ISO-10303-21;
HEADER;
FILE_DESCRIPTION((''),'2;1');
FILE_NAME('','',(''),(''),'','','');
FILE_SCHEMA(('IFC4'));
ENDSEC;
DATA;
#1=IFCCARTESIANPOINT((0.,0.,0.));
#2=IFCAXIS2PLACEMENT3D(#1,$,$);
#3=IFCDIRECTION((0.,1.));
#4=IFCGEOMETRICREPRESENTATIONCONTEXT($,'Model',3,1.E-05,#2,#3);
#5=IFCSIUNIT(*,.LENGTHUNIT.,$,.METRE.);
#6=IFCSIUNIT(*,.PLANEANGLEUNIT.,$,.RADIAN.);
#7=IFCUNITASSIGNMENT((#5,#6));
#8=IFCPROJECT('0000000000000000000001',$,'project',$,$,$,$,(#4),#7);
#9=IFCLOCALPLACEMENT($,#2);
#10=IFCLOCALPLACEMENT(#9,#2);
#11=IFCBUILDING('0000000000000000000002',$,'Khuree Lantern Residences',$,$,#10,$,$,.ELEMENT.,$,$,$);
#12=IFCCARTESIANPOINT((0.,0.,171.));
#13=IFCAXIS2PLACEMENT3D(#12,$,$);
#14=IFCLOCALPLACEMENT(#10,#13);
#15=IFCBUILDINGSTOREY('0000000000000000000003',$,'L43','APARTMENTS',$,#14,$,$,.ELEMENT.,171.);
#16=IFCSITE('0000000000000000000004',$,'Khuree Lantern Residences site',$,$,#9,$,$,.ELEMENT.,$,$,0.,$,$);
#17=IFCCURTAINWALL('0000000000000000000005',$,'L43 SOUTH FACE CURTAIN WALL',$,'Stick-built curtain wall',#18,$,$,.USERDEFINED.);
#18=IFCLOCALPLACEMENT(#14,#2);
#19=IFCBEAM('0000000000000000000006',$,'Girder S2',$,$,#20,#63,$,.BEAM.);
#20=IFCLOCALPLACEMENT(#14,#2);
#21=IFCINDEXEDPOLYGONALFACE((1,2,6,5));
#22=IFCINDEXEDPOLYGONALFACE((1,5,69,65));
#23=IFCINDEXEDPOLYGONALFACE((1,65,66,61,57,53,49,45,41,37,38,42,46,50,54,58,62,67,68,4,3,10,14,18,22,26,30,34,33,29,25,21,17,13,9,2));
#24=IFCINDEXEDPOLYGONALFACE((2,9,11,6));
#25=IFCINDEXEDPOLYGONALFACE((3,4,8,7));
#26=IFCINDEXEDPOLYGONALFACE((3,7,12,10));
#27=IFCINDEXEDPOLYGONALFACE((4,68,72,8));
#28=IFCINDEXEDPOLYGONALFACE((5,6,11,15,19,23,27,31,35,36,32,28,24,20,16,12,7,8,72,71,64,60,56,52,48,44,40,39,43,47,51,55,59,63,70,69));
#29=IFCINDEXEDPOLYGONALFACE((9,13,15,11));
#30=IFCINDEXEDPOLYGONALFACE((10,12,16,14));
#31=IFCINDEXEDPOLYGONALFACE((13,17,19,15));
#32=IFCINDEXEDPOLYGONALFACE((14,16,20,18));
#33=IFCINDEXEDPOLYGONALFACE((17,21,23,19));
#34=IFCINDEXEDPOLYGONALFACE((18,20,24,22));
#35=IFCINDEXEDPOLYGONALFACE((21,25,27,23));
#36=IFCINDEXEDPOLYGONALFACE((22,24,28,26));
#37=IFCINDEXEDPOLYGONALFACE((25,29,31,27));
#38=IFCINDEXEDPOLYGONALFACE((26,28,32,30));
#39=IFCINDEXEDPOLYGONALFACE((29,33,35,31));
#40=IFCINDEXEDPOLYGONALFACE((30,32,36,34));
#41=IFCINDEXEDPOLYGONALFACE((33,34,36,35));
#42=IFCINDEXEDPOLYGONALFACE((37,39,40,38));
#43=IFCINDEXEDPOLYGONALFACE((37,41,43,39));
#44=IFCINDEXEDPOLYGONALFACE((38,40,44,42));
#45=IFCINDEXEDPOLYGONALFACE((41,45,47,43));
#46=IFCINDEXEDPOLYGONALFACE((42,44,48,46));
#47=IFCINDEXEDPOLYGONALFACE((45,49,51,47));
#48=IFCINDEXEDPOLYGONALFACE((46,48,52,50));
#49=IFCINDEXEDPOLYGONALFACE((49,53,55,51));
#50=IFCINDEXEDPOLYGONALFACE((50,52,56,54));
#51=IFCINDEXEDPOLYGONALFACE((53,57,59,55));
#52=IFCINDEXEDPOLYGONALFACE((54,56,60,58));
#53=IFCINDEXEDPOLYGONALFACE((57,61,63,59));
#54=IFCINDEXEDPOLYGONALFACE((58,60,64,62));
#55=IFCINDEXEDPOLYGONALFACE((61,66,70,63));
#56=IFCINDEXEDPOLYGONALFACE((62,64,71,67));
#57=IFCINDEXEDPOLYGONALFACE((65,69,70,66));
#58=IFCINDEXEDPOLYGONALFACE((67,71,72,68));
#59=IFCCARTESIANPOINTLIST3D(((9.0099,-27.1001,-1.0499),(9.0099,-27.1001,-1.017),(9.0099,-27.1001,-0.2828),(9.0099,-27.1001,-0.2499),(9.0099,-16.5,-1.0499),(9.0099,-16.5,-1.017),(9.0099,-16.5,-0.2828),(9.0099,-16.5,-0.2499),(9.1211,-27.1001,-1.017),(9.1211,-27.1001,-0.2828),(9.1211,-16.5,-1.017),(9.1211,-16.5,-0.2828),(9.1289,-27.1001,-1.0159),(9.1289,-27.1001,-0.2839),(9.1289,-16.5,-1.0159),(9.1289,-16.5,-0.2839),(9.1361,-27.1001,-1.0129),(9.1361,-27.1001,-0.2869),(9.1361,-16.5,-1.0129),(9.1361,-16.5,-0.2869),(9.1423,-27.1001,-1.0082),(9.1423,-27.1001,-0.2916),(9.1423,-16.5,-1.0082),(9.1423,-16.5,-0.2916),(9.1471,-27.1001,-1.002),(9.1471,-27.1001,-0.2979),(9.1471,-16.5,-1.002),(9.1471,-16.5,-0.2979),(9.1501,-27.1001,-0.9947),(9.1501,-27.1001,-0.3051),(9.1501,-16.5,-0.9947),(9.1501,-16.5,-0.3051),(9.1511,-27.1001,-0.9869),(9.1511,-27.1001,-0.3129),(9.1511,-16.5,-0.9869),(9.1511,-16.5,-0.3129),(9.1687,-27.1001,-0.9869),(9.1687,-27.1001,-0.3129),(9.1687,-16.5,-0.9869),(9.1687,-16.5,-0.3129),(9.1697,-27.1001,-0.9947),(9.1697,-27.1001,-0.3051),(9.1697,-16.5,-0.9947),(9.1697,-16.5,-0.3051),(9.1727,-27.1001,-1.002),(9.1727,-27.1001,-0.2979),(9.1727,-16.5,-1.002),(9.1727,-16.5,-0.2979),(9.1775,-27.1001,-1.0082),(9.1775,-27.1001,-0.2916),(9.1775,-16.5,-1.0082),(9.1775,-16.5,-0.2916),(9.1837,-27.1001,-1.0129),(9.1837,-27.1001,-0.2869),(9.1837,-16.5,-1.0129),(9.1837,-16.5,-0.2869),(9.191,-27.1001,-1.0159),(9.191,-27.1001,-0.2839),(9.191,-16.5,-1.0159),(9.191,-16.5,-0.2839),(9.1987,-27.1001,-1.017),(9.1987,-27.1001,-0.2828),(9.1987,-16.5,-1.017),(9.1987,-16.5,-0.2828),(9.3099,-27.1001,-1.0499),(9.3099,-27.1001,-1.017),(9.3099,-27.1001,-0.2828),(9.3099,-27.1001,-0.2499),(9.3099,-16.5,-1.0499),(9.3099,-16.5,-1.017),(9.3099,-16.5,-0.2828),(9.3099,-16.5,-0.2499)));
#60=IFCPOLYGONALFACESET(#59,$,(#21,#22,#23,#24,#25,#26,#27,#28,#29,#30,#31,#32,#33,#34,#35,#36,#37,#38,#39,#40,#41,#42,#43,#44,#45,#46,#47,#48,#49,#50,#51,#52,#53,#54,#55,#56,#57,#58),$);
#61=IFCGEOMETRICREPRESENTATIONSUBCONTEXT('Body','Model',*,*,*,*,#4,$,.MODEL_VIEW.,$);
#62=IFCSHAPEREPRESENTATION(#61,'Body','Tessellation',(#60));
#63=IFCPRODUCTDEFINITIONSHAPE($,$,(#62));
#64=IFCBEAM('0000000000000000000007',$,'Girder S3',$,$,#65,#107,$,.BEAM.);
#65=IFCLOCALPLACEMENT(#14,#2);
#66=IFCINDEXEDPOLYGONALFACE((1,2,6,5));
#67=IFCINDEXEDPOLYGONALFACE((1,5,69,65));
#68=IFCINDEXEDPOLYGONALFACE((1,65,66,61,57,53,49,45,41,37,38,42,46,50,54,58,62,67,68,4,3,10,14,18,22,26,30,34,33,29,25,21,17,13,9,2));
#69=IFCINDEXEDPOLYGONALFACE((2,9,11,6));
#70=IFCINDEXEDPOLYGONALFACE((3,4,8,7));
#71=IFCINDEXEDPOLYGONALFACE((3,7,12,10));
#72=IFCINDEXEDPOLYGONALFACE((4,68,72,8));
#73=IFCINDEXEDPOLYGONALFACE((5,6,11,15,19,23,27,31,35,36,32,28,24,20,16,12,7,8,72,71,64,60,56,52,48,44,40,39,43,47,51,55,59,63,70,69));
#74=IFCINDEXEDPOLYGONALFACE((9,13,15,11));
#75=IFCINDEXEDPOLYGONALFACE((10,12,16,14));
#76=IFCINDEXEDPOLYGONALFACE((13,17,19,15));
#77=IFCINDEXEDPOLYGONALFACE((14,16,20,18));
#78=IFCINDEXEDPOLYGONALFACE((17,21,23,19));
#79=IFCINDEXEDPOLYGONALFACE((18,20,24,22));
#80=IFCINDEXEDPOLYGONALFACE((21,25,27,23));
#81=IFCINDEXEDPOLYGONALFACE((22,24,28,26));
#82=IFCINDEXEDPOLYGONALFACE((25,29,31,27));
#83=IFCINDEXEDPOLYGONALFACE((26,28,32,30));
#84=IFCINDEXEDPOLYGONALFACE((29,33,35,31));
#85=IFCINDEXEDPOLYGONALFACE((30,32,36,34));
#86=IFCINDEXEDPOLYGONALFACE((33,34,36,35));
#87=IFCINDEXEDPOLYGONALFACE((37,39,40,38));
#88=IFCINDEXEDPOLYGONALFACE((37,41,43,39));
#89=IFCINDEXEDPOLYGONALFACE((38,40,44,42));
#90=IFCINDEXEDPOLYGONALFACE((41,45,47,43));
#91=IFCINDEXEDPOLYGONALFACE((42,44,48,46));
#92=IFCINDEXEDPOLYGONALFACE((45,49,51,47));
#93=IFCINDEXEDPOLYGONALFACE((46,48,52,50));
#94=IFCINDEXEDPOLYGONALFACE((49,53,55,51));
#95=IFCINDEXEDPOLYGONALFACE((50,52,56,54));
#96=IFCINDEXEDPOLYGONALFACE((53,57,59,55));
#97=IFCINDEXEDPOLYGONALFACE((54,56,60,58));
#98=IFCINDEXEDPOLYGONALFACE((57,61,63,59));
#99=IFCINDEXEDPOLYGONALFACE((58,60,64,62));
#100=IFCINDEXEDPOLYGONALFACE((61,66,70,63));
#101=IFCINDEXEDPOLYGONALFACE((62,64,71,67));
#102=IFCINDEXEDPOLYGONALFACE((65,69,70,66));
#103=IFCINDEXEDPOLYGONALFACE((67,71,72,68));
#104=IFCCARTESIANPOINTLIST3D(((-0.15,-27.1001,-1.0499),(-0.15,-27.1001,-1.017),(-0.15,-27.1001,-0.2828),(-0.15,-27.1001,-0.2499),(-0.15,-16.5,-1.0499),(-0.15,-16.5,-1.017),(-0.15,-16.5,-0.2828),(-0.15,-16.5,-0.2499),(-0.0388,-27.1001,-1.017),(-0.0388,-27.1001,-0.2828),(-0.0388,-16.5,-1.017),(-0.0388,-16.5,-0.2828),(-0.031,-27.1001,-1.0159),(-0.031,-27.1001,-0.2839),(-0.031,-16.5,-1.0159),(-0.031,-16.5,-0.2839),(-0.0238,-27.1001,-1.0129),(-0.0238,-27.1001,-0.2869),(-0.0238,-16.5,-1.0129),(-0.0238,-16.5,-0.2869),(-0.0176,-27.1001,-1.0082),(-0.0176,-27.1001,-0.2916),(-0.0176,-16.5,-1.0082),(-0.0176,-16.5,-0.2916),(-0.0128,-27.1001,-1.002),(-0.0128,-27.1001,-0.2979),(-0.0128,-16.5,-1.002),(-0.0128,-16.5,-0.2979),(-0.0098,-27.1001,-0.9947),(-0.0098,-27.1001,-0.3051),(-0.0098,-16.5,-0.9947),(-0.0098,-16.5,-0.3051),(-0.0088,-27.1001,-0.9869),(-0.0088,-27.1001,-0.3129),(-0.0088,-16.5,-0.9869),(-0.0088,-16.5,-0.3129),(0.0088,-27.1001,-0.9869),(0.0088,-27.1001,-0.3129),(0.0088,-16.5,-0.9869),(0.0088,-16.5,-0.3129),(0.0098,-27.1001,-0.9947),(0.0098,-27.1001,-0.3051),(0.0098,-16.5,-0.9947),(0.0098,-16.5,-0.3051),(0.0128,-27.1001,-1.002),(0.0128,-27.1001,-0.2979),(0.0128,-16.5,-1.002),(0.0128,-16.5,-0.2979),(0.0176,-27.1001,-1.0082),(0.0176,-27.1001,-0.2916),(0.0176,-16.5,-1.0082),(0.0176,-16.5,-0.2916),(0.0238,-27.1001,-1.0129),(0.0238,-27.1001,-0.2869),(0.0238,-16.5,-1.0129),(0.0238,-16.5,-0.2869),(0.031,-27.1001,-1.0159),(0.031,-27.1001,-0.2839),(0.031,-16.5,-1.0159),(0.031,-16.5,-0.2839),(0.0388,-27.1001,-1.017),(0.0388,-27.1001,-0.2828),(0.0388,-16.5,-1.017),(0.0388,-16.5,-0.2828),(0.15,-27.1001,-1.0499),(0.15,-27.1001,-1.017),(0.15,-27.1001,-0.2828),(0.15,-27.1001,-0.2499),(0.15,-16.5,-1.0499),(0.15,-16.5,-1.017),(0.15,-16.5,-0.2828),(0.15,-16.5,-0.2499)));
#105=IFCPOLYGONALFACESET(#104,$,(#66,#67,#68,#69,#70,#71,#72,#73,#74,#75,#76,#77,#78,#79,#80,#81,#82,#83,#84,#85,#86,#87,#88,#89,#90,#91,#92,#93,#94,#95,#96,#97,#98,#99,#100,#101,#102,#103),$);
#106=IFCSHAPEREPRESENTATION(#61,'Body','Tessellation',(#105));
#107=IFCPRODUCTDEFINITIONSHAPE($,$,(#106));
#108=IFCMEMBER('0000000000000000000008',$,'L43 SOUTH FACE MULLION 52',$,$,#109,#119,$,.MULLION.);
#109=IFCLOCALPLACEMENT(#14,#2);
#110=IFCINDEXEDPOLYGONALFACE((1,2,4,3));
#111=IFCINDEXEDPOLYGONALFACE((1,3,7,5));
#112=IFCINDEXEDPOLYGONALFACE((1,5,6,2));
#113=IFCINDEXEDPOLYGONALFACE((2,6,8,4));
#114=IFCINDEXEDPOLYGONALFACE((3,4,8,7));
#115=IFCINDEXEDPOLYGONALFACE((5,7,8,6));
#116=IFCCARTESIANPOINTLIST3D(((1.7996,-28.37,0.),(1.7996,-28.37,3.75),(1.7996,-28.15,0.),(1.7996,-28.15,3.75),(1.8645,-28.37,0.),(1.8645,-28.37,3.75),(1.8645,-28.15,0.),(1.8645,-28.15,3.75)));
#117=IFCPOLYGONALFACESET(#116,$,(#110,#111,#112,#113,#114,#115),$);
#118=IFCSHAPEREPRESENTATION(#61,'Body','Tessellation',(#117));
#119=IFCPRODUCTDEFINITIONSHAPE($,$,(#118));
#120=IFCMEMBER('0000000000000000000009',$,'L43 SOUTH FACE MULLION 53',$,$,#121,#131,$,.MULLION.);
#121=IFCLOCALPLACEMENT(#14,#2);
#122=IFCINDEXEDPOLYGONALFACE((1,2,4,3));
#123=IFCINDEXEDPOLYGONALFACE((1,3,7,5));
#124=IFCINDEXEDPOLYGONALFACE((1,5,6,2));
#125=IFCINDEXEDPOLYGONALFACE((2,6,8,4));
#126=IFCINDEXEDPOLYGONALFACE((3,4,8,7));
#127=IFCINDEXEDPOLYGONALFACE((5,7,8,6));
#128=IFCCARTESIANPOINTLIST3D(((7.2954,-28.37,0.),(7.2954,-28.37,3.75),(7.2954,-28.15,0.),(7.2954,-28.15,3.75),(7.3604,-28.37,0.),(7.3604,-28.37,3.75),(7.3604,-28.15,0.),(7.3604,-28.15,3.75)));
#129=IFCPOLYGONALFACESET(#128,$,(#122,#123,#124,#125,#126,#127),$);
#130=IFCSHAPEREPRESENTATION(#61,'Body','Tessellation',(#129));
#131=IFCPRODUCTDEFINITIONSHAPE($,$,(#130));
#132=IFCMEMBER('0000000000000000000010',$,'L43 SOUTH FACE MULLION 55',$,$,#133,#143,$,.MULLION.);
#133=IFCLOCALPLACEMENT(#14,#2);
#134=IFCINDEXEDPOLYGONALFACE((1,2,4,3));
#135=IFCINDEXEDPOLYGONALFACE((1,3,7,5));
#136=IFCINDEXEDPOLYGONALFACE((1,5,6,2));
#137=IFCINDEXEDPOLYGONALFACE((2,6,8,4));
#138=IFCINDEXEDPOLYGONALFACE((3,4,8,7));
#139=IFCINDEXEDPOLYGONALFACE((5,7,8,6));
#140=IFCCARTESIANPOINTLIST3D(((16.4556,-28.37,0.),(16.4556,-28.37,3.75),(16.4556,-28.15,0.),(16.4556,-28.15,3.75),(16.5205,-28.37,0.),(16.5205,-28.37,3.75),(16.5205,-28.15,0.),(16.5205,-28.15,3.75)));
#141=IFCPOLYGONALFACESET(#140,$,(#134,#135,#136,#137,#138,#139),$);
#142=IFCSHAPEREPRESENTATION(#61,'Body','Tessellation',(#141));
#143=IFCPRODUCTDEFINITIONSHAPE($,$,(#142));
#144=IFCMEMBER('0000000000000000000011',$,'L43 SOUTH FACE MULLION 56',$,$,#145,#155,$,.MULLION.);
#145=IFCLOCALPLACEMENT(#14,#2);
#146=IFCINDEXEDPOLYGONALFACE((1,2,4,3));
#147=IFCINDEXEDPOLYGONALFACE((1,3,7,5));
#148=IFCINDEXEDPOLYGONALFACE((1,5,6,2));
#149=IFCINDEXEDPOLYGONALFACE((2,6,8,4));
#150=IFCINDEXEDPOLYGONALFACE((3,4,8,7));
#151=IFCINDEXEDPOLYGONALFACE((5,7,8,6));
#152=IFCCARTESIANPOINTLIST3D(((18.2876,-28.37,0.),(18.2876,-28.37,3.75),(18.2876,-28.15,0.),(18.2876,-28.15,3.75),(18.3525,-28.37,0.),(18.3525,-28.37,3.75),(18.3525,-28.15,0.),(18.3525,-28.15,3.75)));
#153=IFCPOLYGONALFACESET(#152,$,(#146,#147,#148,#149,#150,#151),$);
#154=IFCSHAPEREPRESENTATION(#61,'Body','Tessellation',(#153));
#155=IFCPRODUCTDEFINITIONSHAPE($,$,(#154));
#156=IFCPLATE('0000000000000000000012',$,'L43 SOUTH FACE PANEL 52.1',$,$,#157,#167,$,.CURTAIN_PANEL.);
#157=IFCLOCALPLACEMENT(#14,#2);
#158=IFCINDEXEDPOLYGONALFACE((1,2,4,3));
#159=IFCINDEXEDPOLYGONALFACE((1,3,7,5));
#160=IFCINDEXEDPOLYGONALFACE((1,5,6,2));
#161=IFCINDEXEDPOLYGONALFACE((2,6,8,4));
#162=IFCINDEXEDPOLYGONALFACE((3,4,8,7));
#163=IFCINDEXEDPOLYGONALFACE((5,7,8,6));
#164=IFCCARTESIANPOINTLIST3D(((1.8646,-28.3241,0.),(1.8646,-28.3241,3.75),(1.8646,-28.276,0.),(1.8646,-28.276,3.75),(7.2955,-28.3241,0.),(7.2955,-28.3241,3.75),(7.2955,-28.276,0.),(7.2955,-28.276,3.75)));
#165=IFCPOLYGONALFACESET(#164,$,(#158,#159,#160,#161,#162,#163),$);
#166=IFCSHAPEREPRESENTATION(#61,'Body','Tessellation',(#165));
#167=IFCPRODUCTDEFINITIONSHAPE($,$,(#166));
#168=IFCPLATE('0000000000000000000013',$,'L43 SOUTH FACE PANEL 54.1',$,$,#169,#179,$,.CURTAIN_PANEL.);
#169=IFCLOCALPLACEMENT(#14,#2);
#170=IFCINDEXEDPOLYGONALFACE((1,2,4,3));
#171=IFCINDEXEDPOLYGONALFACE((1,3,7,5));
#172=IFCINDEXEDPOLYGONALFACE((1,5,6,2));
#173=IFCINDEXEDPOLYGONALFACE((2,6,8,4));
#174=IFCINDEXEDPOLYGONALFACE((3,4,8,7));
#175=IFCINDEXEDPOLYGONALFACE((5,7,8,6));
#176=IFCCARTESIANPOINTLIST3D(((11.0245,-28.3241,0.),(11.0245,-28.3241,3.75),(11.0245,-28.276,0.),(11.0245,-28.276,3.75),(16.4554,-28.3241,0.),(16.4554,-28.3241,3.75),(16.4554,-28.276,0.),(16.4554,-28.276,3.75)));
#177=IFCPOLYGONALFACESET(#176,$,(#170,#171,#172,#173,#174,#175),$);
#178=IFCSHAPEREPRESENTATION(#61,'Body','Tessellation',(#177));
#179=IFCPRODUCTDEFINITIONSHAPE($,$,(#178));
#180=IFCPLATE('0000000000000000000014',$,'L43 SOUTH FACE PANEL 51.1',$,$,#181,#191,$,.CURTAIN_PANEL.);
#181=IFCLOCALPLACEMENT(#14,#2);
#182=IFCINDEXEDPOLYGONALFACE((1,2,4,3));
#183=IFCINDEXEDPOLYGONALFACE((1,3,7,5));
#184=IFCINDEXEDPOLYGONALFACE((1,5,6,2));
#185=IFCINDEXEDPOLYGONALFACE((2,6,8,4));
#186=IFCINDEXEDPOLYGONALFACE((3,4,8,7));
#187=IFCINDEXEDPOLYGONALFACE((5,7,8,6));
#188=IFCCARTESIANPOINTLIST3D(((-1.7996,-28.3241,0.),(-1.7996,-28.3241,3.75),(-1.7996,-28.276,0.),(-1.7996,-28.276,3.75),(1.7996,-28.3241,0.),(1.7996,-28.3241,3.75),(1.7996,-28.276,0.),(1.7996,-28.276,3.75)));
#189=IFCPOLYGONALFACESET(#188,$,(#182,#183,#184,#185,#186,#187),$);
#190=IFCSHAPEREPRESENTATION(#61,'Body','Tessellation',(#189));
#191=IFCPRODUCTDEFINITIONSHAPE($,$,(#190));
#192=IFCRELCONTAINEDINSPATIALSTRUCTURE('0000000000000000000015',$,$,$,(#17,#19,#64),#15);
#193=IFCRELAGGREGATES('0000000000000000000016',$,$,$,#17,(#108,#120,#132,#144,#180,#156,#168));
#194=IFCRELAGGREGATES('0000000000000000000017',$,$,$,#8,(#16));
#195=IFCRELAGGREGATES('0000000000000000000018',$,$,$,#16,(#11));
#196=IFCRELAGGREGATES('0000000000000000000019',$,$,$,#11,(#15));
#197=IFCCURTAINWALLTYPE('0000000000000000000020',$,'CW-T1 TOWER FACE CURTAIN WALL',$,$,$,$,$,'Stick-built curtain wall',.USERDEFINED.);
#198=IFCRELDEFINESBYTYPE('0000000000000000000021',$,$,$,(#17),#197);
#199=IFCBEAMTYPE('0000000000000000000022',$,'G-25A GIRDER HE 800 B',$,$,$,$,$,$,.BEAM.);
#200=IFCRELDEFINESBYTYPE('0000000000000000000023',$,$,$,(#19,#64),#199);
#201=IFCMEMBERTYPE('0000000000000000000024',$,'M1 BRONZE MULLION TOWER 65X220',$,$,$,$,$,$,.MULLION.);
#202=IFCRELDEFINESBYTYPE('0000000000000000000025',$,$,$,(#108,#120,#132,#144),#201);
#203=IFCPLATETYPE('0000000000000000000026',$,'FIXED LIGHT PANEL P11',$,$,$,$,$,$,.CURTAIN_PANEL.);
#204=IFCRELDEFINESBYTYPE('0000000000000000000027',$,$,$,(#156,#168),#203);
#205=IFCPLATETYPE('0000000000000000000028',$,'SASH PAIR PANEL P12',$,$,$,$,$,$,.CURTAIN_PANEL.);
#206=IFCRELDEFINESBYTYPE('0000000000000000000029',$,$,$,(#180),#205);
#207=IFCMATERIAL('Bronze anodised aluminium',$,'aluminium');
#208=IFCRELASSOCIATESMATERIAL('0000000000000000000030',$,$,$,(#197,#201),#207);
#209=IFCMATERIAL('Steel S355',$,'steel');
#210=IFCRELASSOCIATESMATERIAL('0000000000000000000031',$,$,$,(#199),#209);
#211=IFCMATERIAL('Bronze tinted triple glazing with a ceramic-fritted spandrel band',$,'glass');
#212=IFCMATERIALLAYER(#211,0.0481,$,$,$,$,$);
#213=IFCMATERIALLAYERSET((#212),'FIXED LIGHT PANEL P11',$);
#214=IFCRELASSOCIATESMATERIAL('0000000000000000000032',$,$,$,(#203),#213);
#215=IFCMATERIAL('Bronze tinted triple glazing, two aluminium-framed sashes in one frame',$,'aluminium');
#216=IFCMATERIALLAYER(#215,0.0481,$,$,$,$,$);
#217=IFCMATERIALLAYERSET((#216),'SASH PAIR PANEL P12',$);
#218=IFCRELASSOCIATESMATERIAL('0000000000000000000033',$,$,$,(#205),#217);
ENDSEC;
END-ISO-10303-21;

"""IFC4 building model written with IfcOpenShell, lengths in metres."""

from ifc_helpers import new_model, si_unit, direction, frame, origin, origin_2d, place, context, subcontext, project, spatial, rectangle, i_section, extrude, material, layer, layer_set, material_profile, profile_set, type_object, element, aggregate, save


model = new_model("IFC4")

# Units and contexts
model_context = context("Model", 3, precision=1e-05, world=origin(), true_north=direction((0.0, 1.0)))
body_context = subcontext(model_context, "Body", "Model", "MODEL_VIEW")
ifc_project = project(units=[si_unit("LENGTHUNIT", "METRE"), si_unit("PLANEANGLEUNIT", "RADIAN")], contexts=[model_context])

# Site, building, storey
site_placement = place(None, origin())
site = spatial("IfcSite", under=ifc_project, at=site_placement, Name="Khuree Lantern Residences site", CompositionType="ELEMENT", RefElevation=0.0)
building_placement = place(site_placement, origin())
building = spatial("IfcBuilding", under=site, at=building_placement, Name="Khuree Lantern Residences", CompositionType="ELEMENT")
storey_placement = place(building_placement, frame((0.0, 0.0, 171.0)))
storey = spatial("IfcBuildingStorey", under=building, at=storey_placement, Name="L43", Description="APARTMENTS", CompositionType="ELEMENT", Elevation=171.0)

# Shared definitions
ifc_material_1 = material(Name="Steel S355", Category="steel")

# Curtain wall
ifc_material_2 = material(Name="Bronze anodised aluminium", Category="aluminium")
curtain_wall_type = type_object("IfcCurtainWallType", Name="CW-T1 TOWER FACE CURTAIN WALL", ElementType="Stick-built curtain wall", PredefinedType="USERDEFINED", material=ifc_material_2)
curtain_wall_placement = place(storey_placement, origin())
curtain_wall = element("IfcCurtainWall", 1, at=curtain_wall_placement, inside=storey, type_object=curtain_wall_type, Name="L43 SOUTH FACE CURTAIN WALL", ObjectType="Stick-built curtain wall", PredefinedType="USERDEFINED")

# Beams
ifc_material_profile_1 = material_profile(ifc_material_1, i_section(OverallWidth=0.3, OverallDepth=0.8, WebThickness=0.0176, FlangeThickness=0.033, FilletRadius=0.03, at=origin_2d()), Name="HE 800 B")
ifc_profile_set_1 = profile_set([ifc_material_profile_1], Name="Steel S355")
beam_type_1 = type_object("IfcBeamType", Name="G-25A GIRDER HE 800 B", PredefinedType="BEAM", material=ifc_profile_set_1)
for number, where, z_axis, x_axis, name in (
    (2, (9.1599, -27.1001, -0.6499), (0.0, 1.0, 0.0), (-1.0, 0.0, 0.0), "Girder S2"),
    (3, (0.0, -27.1001, -0.6499), (0.0, 1.0, 0.0), (-1.0, 0.0, 0.0), "Girder S3"),
):
    element("IfcBeam", number, at=place(storey_placement, frame(where, z_axis=z_axis, x_axis=x_axis)), inside=storey, type_object=beam_type_1, Name=name, PredefinedType="BEAM", context=body_context, shape_type="SweptSolid", body=[
        extrude(i_section(OverallWidth=0.3, OverallDepth=0.8, WebThickness=0.0176, FlangeThickness=0.033, FilletRadius=0.03, at=origin_2d()), origin(), (0.0, 0.0, 1.0), 10.6001),
    ])

# Members
ifc_material_profile_2 = material_profile(ifc_material_2, rectangle(XDim=0.0649, YDim=0.22, at=origin_2d()), Name="M1 65X220")
ifc_profile_set_2 = profile_set([ifc_material_profile_2], Name="Bronze anodised aluminium")
member_type_1 = type_object("IfcMemberType", Name="M1 BRONZE MULLION TOWER 65X220", PredefinedType="MULLION", material=ifc_profile_set_2)
member_1_placement = place(storey_placement, frame((1.832, -28.26, 0.0), z_axis=(0.0, 0.0, 1.0), x_axis=(1.0, 0.0, 0.0)))
member_1 = element("IfcMember", 4, at=member_1_placement, type_object=member_type_1, Name="L43 SOUTH FACE MULLION 52", PredefinedType="MULLION", context=body_context, shape_type="SweptSolid", body=[
    extrude(rectangle(XDim=0.0649, YDim=0.22, at=origin_2d()), origin(), (0.0, 0.0, 1.0), 3.75),
])
member_2_placement = place(storey_placement, frame((7.3279, -28.26, 0.0), z_axis=(0.0, 0.0, 1.0), x_axis=(1.0, 0.0, 0.0)))
member_2 = element("IfcMember", 5, at=member_2_placement, type_object=member_type_1, Name="L43 SOUTH FACE MULLION 53", PredefinedType="MULLION", context=body_context, shape_type="SweptSolid", body=[
    extrude(rectangle(XDim=0.0649, YDim=0.22, at=origin_2d()), origin(), (0.0, 0.0, 1.0), 3.75),
])
member_3_placement = place(storey_placement, frame((16.488, -28.26, 0.0), z_axis=(0.0, 0.0, 1.0), x_axis=(1.0, 0.0, 0.0)))
member_3 = element("IfcMember", 6, at=member_3_placement, type_object=member_type_1, Name="L43 SOUTH FACE MULLION 55", PredefinedType="MULLION", context=body_context, shape_type="SweptSolid", body=[
    extrude(rectangle(XDim=0.0649, YDim=0.22, at=origin_2d()), origin(), (0.0, 0.0, 1.0), 3.75),
])
member_4_placement = place(storey_placement, frame((18.3201, -28.26, 0.0), z_axis=(0.0, 0.0, 1.0), x_axis=(1.0, 0.0, 0.0)))
member_4 = element("IfcMember", 7, at=member_4_placement, type_object=member_type_1, Name="L43 SOUTH FACE MULLION 56", PredefinedType="MULLION", context=body_context, shape_type="SweptSolid", body=[
    extrude(rectangle(XDim=0.0649, YDim=0.22, at=origin_2d()), origin(), (0.0, 0.0, 1.0), 3.75),
])

# Plates
ifc_material_3 = material(Name="Bronze tinted triple glazing with a ceramic-fritted spandrel band", Category="glass")
ifc_layer_1 = layer(ifc_material_3, 0.0481)
ifc_layer_set_1 = layer_set([ifc_layer_1], Name="FIXED LIGHT PANEL P11")
plate_type_1 = type_object("IfcPlateType", Name="FIXED LIGHT PANEL P11", PredefinedType="CURTAIN_PANEL", material=ifc_layer_set_1)
plate_1_placement = place(storey_placement, frame((4.5801, -28.3, 0.0), z_axis=(0.0, 0.0, 1.0), x_axis=(1.0, 0.0, 0.0)))
plate_1 = element("IfcPlate", 8, at=plate_1_placement, type_object=plate_type_1, Name="L43 SOUTH FACE PANEL 52.1", PredefinedType="CURTAIN_PANEL", context=body_context, shape_type="SweptSolid", body=[
    extrude(rectangle(XDim=5.4309, YDim=0.0481, at=origin_2d()), origin(), (0.0, 0.0, 1.0), 3.75),
])
plate_2_placement = place(storey_placement, frame((13.74, -28.3, 0.0), z_axis=(0.0, 0.0, 1.0), x_axis=(1.0, 0.0, 0.0)))
plate_2 = element("IfcPlate", 9, at=plate_2_placement, type_object=plate_type_1, Name="L43 SOUTH FACE PANEL 54.1", PredefinedType="CURTAIN_PANEL", context=body_context, shape_type="SweptSolid", body=[
    extrude(rectangle(XDim=5.4309, YDim=0.0481, at=origin_2d()), origin(), (0.0, 0.0, 1.0), 3.75),
])
ifc_material_4 = material(Name="Bronze tinted triple glazing, two aluminium-framed sashes in one frame", Category="aluminium")
ifc_layer_2 = layer(ifc_material_4, 0.0481)
ifc_layer_set_2 = layer_set([ifc_layer_2], Name="SASH PAIR PANEL P12")
plate_type_2 = type_object("IfcPlateType", Name="SASH PAIR PANEL P12", PredefinedType="CURTAIN_PANEL", material=ifc_layer_set_2)
plate_3_placement = place(storey_placement, frame((0.0, -28.3, 0.0), z_axis=(0.0, 0.0, 1.0), x_axis=(1.0, 0.0, 0.0)))
plate_3 = element("IfcPlate", 10, at=plate_3_placement, type_object=plate_type_2, Name="L43 SOUTH FACE PANEL 51.1", PredefinedType="CURTAIN_PANEL", context=body_context, shape_type="SweptSolid", body=[
    extrude(rectangle(XDim=3.5991, YDim=0.0481, at=origin_2d()), origin(), (0.0, 0.0, 1.0), 3.75),
])
aggregate(curtain_wall, [member_1, member_2, member_3, member_4, plate_3, plate_1, plate_2])

save(model, "model.ifc")
